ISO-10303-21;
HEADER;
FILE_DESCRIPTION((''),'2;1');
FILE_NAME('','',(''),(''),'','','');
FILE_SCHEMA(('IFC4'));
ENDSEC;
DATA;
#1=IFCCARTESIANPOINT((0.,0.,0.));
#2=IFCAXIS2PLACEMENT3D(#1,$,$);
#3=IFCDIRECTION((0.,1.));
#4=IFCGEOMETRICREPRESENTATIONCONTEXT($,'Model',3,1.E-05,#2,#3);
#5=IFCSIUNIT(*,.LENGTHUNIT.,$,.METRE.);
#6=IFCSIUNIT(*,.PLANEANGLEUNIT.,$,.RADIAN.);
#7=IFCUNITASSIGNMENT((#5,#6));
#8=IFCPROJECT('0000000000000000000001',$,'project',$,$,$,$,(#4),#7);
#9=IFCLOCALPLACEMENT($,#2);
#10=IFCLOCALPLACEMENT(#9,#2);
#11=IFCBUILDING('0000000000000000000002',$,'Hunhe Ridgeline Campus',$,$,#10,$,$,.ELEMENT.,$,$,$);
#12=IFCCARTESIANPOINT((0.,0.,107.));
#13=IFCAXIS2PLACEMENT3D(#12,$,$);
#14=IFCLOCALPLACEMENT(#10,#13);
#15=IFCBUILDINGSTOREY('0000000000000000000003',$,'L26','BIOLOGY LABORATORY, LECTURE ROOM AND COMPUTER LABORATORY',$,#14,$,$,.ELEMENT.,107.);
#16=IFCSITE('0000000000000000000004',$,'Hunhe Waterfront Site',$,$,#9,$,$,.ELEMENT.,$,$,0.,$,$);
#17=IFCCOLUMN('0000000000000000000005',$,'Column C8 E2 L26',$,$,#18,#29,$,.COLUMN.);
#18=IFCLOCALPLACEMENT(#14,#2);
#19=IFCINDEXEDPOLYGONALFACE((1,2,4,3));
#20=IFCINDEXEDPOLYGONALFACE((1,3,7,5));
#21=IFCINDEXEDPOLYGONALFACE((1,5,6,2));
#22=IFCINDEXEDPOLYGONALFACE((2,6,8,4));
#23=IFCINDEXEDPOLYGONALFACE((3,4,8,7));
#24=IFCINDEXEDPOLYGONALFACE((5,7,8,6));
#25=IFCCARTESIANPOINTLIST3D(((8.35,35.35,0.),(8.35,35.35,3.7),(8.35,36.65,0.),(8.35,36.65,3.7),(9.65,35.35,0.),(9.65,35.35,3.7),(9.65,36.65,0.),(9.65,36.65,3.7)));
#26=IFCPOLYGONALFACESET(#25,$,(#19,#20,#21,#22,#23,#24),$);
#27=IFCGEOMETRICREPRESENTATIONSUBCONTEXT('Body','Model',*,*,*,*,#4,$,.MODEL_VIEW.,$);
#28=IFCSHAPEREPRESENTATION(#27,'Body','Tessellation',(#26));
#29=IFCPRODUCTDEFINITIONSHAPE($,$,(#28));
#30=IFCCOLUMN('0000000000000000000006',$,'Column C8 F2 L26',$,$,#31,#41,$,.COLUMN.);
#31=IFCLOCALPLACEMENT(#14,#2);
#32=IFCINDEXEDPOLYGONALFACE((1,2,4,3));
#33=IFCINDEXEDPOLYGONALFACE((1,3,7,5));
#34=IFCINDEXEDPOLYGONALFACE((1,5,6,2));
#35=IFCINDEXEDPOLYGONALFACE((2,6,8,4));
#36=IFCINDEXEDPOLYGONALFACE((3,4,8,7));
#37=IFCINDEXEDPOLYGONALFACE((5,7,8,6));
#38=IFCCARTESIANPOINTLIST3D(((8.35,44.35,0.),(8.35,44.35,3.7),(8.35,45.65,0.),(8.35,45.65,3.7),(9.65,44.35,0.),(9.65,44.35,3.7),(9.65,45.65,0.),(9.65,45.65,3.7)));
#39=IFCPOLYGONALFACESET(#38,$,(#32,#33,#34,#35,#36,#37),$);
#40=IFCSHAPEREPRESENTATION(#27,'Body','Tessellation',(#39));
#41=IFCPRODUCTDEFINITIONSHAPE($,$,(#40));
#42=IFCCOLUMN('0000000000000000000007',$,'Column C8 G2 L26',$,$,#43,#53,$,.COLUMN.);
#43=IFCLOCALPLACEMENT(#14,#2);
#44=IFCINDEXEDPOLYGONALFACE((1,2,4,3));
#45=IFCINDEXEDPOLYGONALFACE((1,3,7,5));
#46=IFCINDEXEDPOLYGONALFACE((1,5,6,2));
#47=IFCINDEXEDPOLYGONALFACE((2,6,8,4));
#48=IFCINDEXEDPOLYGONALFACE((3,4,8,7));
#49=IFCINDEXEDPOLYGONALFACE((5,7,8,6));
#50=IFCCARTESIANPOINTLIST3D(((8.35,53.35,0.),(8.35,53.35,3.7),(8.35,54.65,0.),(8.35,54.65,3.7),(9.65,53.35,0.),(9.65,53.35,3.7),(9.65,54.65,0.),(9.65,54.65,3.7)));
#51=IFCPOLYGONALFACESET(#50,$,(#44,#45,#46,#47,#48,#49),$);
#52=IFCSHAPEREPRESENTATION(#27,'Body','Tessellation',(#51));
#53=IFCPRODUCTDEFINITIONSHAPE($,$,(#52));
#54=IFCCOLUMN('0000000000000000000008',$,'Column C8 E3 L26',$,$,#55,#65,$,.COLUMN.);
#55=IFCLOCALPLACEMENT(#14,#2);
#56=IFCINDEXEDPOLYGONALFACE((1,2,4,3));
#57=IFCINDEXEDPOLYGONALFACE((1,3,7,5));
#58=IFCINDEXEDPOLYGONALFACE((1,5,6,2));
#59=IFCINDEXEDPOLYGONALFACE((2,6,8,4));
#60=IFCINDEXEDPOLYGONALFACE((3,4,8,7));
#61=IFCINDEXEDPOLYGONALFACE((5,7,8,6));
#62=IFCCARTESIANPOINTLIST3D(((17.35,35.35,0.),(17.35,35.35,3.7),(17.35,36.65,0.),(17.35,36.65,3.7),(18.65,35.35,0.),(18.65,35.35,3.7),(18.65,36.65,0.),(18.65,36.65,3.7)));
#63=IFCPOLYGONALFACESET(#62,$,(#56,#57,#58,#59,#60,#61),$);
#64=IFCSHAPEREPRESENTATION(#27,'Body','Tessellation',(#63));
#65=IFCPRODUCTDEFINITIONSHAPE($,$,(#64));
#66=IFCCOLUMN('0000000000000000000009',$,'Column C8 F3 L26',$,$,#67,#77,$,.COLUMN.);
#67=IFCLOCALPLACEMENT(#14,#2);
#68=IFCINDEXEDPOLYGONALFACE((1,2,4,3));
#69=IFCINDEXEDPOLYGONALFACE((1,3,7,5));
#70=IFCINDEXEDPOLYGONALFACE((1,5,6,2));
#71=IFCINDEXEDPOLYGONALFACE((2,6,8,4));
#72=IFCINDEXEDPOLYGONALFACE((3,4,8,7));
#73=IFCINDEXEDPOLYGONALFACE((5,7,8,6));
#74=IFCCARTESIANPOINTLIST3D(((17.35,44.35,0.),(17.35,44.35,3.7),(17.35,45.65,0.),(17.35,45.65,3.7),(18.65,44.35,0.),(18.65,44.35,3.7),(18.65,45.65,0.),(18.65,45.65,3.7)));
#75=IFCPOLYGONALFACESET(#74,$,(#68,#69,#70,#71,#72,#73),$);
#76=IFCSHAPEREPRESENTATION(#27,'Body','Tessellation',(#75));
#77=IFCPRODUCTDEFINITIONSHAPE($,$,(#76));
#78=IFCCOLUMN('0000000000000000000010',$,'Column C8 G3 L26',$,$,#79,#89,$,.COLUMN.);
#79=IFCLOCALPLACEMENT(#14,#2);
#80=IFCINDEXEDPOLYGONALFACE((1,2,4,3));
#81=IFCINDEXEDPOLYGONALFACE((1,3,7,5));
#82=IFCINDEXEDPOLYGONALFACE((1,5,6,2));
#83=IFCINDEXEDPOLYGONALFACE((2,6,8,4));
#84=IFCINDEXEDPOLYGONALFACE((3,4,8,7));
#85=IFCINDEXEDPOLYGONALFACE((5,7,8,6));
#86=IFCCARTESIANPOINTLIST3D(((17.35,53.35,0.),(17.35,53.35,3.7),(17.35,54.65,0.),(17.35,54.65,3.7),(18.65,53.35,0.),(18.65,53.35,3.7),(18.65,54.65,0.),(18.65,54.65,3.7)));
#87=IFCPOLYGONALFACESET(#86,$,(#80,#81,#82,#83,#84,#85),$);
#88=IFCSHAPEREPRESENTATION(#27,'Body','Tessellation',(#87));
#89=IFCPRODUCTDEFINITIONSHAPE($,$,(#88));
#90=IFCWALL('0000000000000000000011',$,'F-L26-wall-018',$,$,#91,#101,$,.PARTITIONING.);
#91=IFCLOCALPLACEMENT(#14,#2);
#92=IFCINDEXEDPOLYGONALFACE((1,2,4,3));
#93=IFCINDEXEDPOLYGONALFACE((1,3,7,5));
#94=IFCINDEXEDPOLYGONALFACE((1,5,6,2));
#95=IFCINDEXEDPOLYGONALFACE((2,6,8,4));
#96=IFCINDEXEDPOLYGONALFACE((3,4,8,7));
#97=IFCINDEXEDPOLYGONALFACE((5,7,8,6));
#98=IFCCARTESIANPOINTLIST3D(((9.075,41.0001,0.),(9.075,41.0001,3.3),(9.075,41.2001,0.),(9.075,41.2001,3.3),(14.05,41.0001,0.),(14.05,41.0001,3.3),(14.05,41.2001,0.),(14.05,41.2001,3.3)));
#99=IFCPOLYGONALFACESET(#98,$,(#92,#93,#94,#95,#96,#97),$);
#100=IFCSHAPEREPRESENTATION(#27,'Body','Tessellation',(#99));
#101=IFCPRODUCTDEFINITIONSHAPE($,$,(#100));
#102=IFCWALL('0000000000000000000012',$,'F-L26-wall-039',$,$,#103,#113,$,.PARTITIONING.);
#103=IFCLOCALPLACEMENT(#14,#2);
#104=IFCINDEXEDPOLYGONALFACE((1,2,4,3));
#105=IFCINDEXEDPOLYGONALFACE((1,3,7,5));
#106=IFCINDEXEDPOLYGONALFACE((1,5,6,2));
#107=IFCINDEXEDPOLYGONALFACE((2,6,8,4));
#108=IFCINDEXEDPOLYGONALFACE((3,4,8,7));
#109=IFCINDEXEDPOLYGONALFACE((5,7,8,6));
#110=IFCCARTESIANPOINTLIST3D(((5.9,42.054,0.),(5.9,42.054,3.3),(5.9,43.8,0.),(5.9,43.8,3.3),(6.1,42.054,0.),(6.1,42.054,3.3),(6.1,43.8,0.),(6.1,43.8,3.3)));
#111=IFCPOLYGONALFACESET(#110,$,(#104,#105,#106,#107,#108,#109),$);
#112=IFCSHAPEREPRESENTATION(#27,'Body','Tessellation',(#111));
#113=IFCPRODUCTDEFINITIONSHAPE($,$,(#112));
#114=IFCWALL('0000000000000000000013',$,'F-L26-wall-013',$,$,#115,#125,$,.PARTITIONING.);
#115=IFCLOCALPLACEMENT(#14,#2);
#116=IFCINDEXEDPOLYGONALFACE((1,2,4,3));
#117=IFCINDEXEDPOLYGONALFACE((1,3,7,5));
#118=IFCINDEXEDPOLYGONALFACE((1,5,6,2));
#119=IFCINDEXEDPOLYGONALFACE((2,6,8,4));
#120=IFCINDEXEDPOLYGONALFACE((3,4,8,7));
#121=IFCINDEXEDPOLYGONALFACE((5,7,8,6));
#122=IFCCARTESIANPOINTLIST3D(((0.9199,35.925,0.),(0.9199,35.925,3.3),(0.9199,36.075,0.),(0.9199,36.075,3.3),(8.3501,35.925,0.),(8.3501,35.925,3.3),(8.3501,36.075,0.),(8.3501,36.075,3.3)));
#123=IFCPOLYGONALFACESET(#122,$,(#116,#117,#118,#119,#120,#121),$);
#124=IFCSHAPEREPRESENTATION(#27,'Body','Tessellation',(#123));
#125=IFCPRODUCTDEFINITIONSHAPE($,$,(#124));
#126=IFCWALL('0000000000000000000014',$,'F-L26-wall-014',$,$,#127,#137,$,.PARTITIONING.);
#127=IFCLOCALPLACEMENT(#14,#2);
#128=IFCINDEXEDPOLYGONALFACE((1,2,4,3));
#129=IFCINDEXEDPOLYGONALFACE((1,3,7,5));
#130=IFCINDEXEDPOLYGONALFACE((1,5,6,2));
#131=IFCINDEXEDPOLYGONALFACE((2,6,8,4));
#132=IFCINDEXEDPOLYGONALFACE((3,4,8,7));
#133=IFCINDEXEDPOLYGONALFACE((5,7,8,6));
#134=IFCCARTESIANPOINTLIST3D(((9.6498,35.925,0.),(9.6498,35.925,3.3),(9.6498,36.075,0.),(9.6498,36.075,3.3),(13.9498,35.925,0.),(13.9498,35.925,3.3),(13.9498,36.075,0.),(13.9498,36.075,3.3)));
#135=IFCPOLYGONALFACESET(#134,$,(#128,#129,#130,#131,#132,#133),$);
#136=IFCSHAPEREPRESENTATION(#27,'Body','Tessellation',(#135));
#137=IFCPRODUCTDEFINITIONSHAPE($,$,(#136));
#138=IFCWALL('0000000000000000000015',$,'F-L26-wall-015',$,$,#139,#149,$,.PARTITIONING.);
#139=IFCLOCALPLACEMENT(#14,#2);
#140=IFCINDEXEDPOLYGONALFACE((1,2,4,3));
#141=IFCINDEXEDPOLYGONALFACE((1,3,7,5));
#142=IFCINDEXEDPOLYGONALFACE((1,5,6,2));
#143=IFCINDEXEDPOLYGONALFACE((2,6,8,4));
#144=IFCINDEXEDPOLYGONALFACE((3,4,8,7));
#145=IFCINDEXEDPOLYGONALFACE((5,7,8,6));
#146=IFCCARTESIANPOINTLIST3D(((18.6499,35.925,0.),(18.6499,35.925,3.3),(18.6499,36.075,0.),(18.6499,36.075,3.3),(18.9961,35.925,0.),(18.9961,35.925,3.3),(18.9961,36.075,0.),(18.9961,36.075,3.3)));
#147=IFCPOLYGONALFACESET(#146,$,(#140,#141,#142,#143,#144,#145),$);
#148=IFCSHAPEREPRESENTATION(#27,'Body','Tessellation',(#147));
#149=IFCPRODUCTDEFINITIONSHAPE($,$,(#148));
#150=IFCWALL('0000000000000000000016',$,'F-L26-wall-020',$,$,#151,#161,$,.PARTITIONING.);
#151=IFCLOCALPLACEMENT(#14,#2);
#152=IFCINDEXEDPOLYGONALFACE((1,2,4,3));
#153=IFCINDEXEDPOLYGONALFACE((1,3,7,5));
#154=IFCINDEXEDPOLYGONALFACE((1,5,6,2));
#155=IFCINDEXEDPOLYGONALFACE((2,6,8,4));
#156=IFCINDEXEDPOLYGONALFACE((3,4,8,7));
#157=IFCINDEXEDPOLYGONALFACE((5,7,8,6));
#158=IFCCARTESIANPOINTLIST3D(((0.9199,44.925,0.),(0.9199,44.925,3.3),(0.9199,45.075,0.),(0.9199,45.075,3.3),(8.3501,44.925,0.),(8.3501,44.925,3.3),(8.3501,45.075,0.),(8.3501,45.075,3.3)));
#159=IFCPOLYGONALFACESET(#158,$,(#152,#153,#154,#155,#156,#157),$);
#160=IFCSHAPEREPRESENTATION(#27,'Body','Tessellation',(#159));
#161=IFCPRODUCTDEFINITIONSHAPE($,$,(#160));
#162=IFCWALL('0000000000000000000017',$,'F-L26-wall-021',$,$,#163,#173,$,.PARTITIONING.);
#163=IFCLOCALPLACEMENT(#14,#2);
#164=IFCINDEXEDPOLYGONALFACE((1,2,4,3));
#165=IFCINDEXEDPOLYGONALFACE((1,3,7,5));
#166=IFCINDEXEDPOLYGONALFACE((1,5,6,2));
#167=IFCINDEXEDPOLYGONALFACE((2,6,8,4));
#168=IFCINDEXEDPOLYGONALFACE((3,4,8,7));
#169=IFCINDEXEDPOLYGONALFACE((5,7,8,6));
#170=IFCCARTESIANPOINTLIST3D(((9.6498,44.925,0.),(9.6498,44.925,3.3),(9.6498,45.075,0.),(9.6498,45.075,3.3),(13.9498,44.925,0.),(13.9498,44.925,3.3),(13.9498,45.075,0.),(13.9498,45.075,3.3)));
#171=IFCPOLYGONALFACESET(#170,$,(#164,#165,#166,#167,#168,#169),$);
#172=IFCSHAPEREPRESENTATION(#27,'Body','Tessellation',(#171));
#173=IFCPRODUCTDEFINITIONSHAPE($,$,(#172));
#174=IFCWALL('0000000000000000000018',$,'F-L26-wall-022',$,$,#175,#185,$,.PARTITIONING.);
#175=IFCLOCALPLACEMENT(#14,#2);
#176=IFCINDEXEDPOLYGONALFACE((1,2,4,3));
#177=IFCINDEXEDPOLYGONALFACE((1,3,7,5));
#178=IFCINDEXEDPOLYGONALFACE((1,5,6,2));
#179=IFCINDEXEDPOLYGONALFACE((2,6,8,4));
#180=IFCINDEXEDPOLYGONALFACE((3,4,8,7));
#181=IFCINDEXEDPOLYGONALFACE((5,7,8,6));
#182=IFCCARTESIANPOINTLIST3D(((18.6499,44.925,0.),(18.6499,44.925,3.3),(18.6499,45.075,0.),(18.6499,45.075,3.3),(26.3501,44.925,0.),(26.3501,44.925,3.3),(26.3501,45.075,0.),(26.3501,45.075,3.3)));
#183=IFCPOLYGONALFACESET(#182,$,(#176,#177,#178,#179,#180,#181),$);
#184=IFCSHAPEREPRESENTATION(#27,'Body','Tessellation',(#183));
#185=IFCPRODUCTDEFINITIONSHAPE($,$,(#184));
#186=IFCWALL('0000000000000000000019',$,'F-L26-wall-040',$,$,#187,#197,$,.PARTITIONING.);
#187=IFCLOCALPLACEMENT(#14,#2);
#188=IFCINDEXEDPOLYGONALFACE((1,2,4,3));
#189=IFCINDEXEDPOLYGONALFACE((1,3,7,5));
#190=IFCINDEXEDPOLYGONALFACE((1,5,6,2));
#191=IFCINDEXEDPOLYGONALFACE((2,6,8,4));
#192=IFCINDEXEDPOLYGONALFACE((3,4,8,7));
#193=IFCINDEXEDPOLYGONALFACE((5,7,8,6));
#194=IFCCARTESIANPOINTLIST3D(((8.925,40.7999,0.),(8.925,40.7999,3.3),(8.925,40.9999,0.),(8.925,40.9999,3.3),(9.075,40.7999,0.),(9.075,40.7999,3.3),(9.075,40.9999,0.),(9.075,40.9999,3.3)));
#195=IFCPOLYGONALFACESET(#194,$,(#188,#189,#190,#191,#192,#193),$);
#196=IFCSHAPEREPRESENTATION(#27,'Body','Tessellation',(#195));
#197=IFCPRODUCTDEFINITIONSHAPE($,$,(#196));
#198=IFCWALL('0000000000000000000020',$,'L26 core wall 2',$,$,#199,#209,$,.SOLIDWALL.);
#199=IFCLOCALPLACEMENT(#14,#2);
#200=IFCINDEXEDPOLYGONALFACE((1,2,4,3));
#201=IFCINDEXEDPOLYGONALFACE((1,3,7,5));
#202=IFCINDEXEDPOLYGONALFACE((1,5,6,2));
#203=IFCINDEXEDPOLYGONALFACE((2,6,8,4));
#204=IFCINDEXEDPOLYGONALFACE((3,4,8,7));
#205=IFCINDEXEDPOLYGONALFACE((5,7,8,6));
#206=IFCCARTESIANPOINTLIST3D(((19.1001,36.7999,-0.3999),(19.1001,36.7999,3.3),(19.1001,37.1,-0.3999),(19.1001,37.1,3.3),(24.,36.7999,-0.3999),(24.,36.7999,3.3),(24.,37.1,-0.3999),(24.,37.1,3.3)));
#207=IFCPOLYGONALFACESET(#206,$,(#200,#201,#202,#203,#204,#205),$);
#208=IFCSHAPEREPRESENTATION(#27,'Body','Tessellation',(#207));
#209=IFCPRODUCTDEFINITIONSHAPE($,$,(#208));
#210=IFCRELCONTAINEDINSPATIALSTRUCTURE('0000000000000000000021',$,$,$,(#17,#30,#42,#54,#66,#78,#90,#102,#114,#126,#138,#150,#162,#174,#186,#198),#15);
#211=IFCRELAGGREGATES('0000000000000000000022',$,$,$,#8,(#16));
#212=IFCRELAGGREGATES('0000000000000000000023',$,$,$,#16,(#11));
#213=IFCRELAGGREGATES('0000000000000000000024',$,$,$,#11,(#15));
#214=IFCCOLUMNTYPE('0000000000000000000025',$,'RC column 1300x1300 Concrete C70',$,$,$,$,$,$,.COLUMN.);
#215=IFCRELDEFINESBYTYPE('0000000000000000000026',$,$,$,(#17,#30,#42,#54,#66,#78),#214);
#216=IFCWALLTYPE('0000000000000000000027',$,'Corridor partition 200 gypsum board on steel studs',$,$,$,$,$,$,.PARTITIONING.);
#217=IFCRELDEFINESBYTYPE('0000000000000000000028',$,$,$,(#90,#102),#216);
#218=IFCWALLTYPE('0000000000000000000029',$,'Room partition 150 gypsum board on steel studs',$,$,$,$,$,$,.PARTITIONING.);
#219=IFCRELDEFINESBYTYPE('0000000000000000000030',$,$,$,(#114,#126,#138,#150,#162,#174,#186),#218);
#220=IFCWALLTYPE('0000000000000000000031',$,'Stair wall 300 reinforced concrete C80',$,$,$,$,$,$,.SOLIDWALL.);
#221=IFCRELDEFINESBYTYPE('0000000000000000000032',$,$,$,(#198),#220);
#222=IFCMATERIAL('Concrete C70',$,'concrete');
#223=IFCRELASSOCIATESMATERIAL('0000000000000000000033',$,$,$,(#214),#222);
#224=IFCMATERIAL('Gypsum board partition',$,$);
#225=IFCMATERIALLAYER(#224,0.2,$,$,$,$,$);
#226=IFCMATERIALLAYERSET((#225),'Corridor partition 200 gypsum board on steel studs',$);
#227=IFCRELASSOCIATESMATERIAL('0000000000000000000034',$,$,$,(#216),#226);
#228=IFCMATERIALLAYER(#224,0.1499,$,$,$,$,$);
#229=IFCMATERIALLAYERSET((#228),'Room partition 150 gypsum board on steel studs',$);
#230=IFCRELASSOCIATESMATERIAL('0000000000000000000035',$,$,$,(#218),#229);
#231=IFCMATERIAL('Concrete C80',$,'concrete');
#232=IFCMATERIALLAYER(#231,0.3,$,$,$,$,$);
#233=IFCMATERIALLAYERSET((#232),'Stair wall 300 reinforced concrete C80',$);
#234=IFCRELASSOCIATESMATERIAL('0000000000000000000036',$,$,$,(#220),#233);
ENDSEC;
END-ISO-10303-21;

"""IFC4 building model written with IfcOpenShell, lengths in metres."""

from ifc_helpers import new_model, si_unit, direction, frame, frame_2d, origin, origin_2d, place, context, subcontext, project, spatial, rectangle, extrude, material, layer, layer_set, material_profile, profile_set, type_object, element, save


model = new_model("IFC4")

# Units and contexts
model_context = context("Model", 3, precision=1e-05, world=origin(), true_north=direction((0.0, 1.0)))
body_context = subcontext(model_context, "Body", "Model", "MODEL_VIEW")
ifc_project = project(units=[si_unit("LENGTHUNIT", "METRE"), si_unit("PLANEANGLEUNIT", "RADIAN")], contexts=[model_context])

# Site, building, storey
site_placement = place(None, origin())
site = spatial("IfcSite", under=ifc_project, at=site_placement, Name="Hunhe Waterfront Site", CompositionType="ELEMENT", RefElevation=0.0)
building_placement = place(site_placement, origin())
building = spatial("IfcBuilding", under=site, at=building_placement, Name="Hunhe Ridgeline Campus", CompositionType="ELEMENT")
storey_placement = place(building_placement, frame((0.0, 0.0, 107.0)))
storey = spatial("IfcBuildingStorey", under=building, at=storey_placement, Name="L26", Description="BIOLOGY LABORATORY, LECTURE ROOM AND COMPUTER LABORATORY", CompositionType="ELEMENT", Elevation=107.0)

# Columns
ifc_material_1 = material(Name="Concrete C70", Category="concrete")
ifc_material_profile = material_profile(ifc_material_1, rectangle(XDim=1.3, YDim=1.3, at=origin_2d()))
ifc_profile_set = profile_set([ifc_material_profile], Name="Concrete C70")
column_type = type_object("IfcColumnType", Name="RC column 1300x1300 Concrete C70", PredefinedType="COLUMN", material=ifc_profile_set)
for number, where, z_axis, x_axis, name in (
    (1, (9.0, 36.0, 0.0), (0.0, 0.0, 1.0), (1.0, 0.0, 0.0), "Column C8 E2 L26"),
    (2, (9.0, 45.0, 0.0), (0.0, 0.0, 1.0), (1.0, 0.0, 0.0), "Column C8 F2 L26"),
    (3, (9.0, 54.0, 0.0), (0.0, 0.0, 1.0), (1.0, 0.0, 0.0), "Column C8 G2 L26"),
    (4, (18.0, 36.0, 0.0), (0.0, 0.0, 1.0), (1.0, 0.0, 0.0), "Column C8 E3 L26"),
    (5, (18.0, 45.0, 0.0), (0.0, 0.0, 1.0), (1.0, 0.0, 0.0), "Column C8 F3 L26"),
    (6, (18.0, 54.0, 0.0), (0.0, 0.0, 1.0), (1.0, 0.0, 0.0), "Column C8 G3 L26"),
):
    element("IfcColumn", number, at=place(storey_placement, frame(where, z_axis=z_axis, x_axis=x_axis)), inside=storey, type_object=column_type, Name=name, PredefinedType="COLUMN", context=body_context, shape_type="SweptSolid", body=[
        extrude(rectangle(XDim=1.3, YDim=1.3, at=origin_2d()), origin(), (0.0, 0.0, 1.0), 3.7),
    ])

# Wall
ifc_material_2 = material(Name="Gypsum board partition")
ifc_layer_1 = layer(ifc_material_2, 0.2)
ifc_layer_set_1 = layer_set([ifc_layer_1], Name="Corridor partition 200 gypsum board on steel studs")
wall_type_1 = type_object("IfcWallType", Name="Corridor partition 200 gypsum board on steel studs", PredefinedType="PARTITIONING", material=ifc_layer_set_1)
wall_1_placement = place(storey_placement, frame((14.05, 41.1001, 0.0), z_axis=(0.0, 0.0, 1.0), x_axis=(-1.0, 0.0, 0.0)))
element("IfcWall", 7, at=wall_1_placement, inside=storey, type_object=wall_type_1, Name="F-L26-wall-018", PredefinedType="PARTITIONING", context=body_context, shape_type="SweptSolid", body=[
    extrude(rectangle(XDim=4.9751, YDim=0.2, at=frame_2d((2.4875, 0.0))), origin(), (0.0, 0.0, 1.0), 3.3),
])

# Wall
wall_2_placement = place(storey_placement, frame((6.0, 42.054, 0.0), z_axis=(0.0, 0.0, 1.0), x_axis=(0.0, 1.0, 0.0)))
element("IfcWall", 8, at=wall_2_placement, inside=storey, type_object=wall_type_1, Name="F-L26-wall-039", PredefinedType="PARTITIONING", context=body_context, shape_type="SweptSolid", body=[
    extrude(rectangle(XDim=1.7461, YDim=0.2, at=frame_2d((0.873, 0.0))), origin(), (0.0, 0.0, 1.0), 3.3),
])

# Walls
ifc_layer_2 = layer(ifc_material_2, 0.1499)
ifc_layer_set_2 = layer_set([ifc_layer_2], Name="Room partition 150 gypsum board on steel studs")
wall_type_2 = type_object("IfcWallType", Name="Room partition 150 gypsum board on steel studs", PredefinedType="PARTITIONING", material=ifc_layer_set_2)
wall_3_placement = place(storey_placement, frame((0.9199, 36.0, 0.0), z_axis=(0.0, 0.0, 1.0), x_axis=(1.0, 0.0, 0.0)))
element("IfcWall", 9, at=wall_3_placement, inside=storey, type_object=wall_type_2, Name="F-L26-wall-013", PredefinedType="PARTITIONING", context=body_context, shape_type="SweptSolid", body=[
    extrude(rectangle(XDim=7.4302, YDim=0.1499, at=frame_2d((3.7151, 0.0))), origin(), (0.0, 0.0, 1.0), 3.3),
])
wall_4_placement = place(storey_placement, frame((9.6499, 36.0, 0.0), z_axis=(0.0, 0.0, 1.0), x_axis=(1.0, 0.0, 0.0)))
element("IfcWall", 10, at=wall_4_placement, inside=storey, type_object=wall_type_2, Name="F-L26-wall-014", PredefinedType="PARTITIONING", context=body_context, shape_type="SweptSolid", body=[
    extrude(rectangle(XDim=4.3, YDim=0.1499, at=frame_2d((2.1499, 0.0))), origin(), (0.0, 0.0, 1.0), 3.3),
])
wall_5_placement = place(storey_placement, frame((18.6499, 36.0, 0.0), z_axis=(0.0, 0.0, 1.0), x_axis=(1.0, 0.0, 0.0)))
element("IfcWall", 11, at=wall_5_placement, inside=storey, type_object=wall_type_2, Name="F-L26-wall-015", PredefinedType="PARTITIONING", context=body_context, shape_type="SweptSolid", body=[
    extrude(rectangle(XDim=0.3462, YDim=0.1499, at=frame_2d((0.1731, 0.0))), origin(), (0.0, 0.0, 1.0), 3.3),
])
wall_6_placement = place(storey_placement, frame((0.9199, 45.0, 0.0), z_axis=(0.0, 0.0, 1.0), x_axis=(1.0, 0.0, 0.0)))
element("IfcWall", 12, at=wall_6_placement, inside=storey, type_object=wall_type_2, Name="F-L26-wall-020", PredefinedType="PARTITIONING", context=body_context, shape_type="SweptSolid", body=[
    extrude(rectangle(XDim=7.4302, YDim=0.1499, at=frame_2d((3.7151, 0.0))), origin(), (0.0, 0.0, 1.0), 3.3),
])
wall_7_placement = place(storey_placement, frame((9.6499, 45.0, 0.0), z_axis=(0.0, 0.0, 1.0), x_axis=(1.0, 0.0, 0.0)))
element("IfcWall", 13, at=wall_7_placement, inside=storey, type_object=wall_type_2, Name="F-L26-wall-021", PredefinedType="PARTITIONING", context=body_context, shape_type="SweptSolid", body=[
    extrude(rectangle(XDim=4.3, YDim=0.1499, at=frame_2d((2.1499, 0.0))), origin(), (0.0, 0.0, 1.0), 3.3),
])
wall_8_placement = place(storey_placement, frame((18.6499, 45.0, 0.0), z_axis=(0.0, 0.0, 1.0), x_axis=(1.0, 0.0, 0.0)))
element("IfcWall", 14, at=wall_8_placement, inside=storey, type_object=wall_type_2, Name="F-L26-wall-022", PredefinedType="PARTITIONING", context=body_context, shape_type="SweptSolid", body=[
    extrude(rectangle(XDim=7.7002, YDim=0.1499, at=frame_2d((3.8501, 0.0))), origin(), (0.0, 0.0, 1.0), 3.3),
])
wall_9_placement = place(storey_placement, frame((9.0, 41.0, 0.0), z_axis=(0.0, 0.0, 1.0), x_axis=(0.0, -1.0, 0.0)))
element("IfcWall", 15, at=wall_9_placement, inside=storey, type_object=wall_type_2, Name="F-L26-wall-040", PredefinedType="PARTITIONING", context=body_context, shape_type="SweptSolid", body=[
    extrude(rectangle(XDim=0.2, YDim=0.1499, at=frame_2d((0.1001, 0.0))), origin(), (0.0, 0.0, 1.0), 3.3),
])
ifc_material_3 = material(Name="Concrete C80", Category="concrete")
ifc_layer_3 = layer(ifc_material_3, 0.3)
ifc_layer_set_3 = layer_set([ifc_layer_3], Name="Stair wall 300 reinforced concrete C80")
wall_type_3 = type_object("IfcWallType", Name="Stair wall 300 reinforced concrete C80", PredefinedType="SOLIDWALL", material=ifc_layer_set_3)
wall_10_placement = place(storey_placement, frame((19.1001, 36.95, -0.3999), z_axis=(0.0, 0.0, 1.0), x_axis=(1.0, 0.0, 0.0)))
element("IfcWall", 16, at=wall_10_placement, inside=storey, type_object=wall_type_3, Name="L26 core wall 2", PredefinedType="SOLIDWALL", context=body_context, shape_type="SweptSolid", body=[
    extrude(rectangle(XDim=4.8999, YDim=0.3, at=frame_2d((2.45, 0.0))), origin(), (0.0, 0.0, 1.0), 3.7),
])

save(model, "model.ifc")
